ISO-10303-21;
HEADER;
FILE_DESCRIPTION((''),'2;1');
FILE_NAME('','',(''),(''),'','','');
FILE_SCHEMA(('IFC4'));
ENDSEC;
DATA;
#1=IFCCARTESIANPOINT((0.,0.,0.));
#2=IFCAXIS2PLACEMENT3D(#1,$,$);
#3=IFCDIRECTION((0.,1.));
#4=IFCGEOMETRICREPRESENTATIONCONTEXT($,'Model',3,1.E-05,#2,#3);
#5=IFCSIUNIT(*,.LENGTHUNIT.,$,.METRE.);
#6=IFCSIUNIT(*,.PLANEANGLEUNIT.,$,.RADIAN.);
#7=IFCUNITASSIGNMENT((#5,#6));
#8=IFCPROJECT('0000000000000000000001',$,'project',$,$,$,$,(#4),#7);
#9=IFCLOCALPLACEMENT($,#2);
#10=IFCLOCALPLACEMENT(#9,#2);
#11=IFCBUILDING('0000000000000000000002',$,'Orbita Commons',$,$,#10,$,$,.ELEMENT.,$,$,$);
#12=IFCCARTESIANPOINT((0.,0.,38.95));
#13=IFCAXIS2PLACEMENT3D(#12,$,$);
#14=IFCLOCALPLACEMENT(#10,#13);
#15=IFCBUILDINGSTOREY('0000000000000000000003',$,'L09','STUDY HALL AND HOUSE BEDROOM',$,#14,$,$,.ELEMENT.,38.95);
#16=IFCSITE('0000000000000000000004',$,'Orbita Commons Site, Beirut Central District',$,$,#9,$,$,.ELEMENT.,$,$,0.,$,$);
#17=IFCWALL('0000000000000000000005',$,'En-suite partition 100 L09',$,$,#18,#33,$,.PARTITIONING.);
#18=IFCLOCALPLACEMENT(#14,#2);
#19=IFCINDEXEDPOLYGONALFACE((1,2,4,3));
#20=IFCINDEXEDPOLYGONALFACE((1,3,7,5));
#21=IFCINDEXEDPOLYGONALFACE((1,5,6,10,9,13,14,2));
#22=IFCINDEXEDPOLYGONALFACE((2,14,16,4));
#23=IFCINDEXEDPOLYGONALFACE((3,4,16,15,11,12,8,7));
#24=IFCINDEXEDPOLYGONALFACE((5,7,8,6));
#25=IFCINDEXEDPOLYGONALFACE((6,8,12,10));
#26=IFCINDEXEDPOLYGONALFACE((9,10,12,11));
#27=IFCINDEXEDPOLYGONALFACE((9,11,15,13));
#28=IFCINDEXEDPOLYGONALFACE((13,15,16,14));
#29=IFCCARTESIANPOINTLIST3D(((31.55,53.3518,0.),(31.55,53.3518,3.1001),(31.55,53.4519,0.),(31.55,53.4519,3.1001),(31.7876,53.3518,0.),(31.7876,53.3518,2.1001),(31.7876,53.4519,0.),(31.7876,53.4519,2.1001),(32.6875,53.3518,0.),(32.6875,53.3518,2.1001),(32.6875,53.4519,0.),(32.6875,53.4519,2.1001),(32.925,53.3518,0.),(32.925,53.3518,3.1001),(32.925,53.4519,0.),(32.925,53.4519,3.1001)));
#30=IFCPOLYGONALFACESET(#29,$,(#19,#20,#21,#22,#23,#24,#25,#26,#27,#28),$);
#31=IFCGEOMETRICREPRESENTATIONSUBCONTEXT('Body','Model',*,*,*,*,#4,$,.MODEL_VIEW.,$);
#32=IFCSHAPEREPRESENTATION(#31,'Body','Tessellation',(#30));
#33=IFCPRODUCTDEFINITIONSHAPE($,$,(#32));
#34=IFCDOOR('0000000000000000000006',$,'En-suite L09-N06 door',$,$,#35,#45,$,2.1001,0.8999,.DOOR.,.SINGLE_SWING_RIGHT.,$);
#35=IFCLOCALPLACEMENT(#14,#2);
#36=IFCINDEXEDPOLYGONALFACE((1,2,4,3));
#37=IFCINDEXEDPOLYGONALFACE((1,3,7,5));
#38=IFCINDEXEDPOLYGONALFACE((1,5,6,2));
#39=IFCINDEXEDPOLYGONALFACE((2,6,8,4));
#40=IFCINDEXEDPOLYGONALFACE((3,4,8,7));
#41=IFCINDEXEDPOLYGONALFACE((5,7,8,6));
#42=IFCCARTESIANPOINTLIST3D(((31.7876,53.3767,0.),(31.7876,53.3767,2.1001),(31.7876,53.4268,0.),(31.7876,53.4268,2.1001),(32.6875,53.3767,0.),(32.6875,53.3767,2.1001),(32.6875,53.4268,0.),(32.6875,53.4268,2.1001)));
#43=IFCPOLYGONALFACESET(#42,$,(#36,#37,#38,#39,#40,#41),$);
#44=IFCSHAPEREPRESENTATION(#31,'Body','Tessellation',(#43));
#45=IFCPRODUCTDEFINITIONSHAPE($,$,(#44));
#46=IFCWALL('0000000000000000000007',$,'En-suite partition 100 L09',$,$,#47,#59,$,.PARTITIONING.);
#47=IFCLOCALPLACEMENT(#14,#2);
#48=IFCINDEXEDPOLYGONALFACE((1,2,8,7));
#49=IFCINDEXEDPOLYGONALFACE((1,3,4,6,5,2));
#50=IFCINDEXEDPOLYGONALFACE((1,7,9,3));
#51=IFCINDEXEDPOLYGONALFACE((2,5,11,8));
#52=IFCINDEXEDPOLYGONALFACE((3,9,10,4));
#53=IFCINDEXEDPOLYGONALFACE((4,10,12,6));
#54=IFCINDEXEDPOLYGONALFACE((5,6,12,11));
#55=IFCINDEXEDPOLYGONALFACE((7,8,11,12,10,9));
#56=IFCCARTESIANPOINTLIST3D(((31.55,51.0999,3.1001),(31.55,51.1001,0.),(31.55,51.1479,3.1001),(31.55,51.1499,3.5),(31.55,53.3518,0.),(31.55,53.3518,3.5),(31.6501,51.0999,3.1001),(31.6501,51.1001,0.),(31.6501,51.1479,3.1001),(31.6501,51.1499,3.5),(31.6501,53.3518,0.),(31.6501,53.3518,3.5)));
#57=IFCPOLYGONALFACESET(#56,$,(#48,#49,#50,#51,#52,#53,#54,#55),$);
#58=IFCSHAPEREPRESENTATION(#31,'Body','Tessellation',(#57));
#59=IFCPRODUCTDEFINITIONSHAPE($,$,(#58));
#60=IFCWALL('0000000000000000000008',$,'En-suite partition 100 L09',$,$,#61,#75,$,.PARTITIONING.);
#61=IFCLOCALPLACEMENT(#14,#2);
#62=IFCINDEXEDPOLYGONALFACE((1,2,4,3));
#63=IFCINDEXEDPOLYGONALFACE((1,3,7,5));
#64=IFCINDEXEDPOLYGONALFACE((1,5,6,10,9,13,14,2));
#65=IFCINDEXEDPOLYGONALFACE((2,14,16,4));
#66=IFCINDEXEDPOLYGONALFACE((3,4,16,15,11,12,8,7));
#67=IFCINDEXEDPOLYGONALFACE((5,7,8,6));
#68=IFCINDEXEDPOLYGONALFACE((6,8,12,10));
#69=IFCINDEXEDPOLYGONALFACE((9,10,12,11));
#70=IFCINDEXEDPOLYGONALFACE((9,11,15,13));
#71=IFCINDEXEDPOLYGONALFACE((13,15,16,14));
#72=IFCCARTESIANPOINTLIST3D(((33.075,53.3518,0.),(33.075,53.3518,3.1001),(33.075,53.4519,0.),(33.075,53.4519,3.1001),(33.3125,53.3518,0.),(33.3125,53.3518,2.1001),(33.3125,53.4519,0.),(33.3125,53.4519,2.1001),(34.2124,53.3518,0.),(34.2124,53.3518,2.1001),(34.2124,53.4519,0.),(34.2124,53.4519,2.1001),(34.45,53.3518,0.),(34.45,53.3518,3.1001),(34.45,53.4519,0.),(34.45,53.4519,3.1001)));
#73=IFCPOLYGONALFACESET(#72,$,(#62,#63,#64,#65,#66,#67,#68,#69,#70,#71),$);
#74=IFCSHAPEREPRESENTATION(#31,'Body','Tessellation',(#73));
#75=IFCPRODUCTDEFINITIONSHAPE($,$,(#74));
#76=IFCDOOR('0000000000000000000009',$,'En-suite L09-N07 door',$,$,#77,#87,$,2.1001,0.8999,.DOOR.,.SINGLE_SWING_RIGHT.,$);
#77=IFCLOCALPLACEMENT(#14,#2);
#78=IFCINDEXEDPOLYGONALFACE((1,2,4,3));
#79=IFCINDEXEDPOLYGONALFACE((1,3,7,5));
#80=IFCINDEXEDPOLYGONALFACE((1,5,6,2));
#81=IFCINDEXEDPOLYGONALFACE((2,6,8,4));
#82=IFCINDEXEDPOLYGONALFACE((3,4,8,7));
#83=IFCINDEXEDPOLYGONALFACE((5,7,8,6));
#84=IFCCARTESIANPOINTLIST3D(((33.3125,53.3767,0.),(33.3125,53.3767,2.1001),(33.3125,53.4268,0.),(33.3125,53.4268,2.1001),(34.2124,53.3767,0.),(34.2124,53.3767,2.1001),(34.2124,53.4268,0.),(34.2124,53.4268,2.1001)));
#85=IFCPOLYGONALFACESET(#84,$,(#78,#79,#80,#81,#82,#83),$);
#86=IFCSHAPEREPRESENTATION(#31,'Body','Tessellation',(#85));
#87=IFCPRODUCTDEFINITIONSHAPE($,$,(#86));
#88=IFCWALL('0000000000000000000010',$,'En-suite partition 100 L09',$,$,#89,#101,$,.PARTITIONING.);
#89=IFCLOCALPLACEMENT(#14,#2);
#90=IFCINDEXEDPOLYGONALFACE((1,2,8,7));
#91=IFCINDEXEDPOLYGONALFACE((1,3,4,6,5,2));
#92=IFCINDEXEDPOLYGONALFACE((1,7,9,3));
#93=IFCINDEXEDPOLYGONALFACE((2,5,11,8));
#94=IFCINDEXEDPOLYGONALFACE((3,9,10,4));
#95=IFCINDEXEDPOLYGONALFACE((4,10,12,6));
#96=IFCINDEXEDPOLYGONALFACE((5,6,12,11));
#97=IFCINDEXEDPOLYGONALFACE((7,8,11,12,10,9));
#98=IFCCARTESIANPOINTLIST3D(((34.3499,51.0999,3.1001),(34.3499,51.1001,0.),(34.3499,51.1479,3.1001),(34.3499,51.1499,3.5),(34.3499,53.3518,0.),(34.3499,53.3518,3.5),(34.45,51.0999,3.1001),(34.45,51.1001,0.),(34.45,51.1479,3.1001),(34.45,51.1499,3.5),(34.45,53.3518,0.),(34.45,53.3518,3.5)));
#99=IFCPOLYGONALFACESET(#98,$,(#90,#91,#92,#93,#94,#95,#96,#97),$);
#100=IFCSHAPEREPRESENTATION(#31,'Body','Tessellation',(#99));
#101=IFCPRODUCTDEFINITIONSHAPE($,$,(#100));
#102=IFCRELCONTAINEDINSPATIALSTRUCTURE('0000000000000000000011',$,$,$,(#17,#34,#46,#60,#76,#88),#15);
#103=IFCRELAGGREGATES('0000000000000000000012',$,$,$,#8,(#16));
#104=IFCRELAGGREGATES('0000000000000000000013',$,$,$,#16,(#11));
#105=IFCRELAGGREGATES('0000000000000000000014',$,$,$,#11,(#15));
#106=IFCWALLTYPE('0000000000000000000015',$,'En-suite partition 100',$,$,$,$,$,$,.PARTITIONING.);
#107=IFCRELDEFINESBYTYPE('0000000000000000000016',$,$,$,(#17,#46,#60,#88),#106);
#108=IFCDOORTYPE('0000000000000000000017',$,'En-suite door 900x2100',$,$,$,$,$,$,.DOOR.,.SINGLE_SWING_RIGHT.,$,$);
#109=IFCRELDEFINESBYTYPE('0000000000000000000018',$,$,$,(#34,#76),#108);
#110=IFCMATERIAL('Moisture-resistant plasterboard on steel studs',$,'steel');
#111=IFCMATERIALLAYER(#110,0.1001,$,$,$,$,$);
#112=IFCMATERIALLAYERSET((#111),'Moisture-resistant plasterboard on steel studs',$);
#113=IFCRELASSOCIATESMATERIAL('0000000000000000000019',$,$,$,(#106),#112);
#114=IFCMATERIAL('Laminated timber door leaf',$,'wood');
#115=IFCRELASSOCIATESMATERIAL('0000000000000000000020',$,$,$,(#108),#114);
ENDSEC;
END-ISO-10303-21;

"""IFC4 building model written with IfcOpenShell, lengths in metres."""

from ifc_helpers import new_model, si_unit, direction, frame, frame_2d, origin, place, context, subcontext, project, spatial, polyline, rectangle, outline, extrude, material, layer, layer_set, type_object, element, fill, save


model = new_model("IFC4")

# Units and contexts
model_context = context("Model", 3, precision=1e-05, world=origin(), true_north=direction((0.0, 1.0)))
body_context = subcontext(model_context, "Body", "Model", "MODEL_VIEW")
ifc_project = project(units=[si_unit("LENGTHUNIT", "METRE"), si_unit("PLANEANGLEUNIT", "RADIAN")], contexts=[model_context])

# Site, building, storey
site_placement = place(None, origin())
site = spatial("IfcSite", under=ifc_project, at=site_placement, Name="Orbita Commons Site, Beirut Central District", CompositionType="ELEMENT", RefElevation=0.0)
building_placement = place(site_placement, origin())
building = spatial("IfcBuilding", under=site, at=building_placement, Name="Orbita Commons", CompositionType="ELEMENT")
storey_placement = place(building_placement, frame((0.0, 0.0, 38.95)))
storey = spatial("IfcBuildingStorey", under=building, at=storey_placement, Name="L09", Description="STUDY HALL AND HOUSE BEDROOM", CompositionType="ELEMENT", Elevation=38.95)

# Shared definitions
ifc_material_1 = material(Name="Moisture-resistant plasterboard on steel studs", Category="steel")
ifc_layer_1 = layer(ifc_material_1, 0.1001)
ifc_layer_set_1 = layer_set([ifc_layer_1], Name="Moisture-resistant plasterboard on steel studs")
wall_type_1 = type_object("IfcWallType", Name="En-suite partition 100", PredefinedType="PARTITIONING", material=ifc_layer_set_1)
ifc_material_2 = material(Name="Laminated timber door leaf", Category="wood")
door_type_1 = type_object("IfcDoorType", Name="En-suite door 900x2100", OperationType="SINGLE_SWING_RIGHT", PredefinedType="DOOR", material=ifc_material_2)

# Wall, opening, door
wall_1_placement = place(storey_placement, frame((31.55, 53.4019, 0.0), z_axis=(0.0, 0.0, 1.0), x_axis=(1.0, 0.0, 0.0)))
wall_1 = element("IfcWall", 1, at=wall_1_placement, inside=storey, type_object=wall_type_1, Name="En-suite partition 100 L09", PredefinedType="PARTITIONING", context=body_context, shape_type="SweptSolid", body=[
    extrude(outline(polyline([(0.0, 0.0), (1.375, 0.0), (1.375, 3.1001), (0.0, 3.1001), (0.0, 0.0)])), frame((0.0, 0.05, 0.0), z_axis=(0.0, -1.0, 0.0), x_axis=(1.0, 0.0, 0.0)), (0.0, 0.0, 1.0), 0.1001),
])
opening_1_placement = place(wall_1_placement, frame((0.2375, 0.0, 0.0)))
opening_1 = element("IfcOpeningElement", 2, at=opening_1_placement, cuts=wall_1, PredefinedType="OPENING", context=body_context, shape_type="SweptSolid", body=[
    extrude(rectangle(XDim=0.8999, YDim=2.1001, at=frame_2d((0.45, 1.05))), frame((0.0, 0.0601, 0.0), z_axis=(0.0, -1.0, 0.0), x_axis=(1.0, 0.0, 0.0)), (0.0, 0.0, 1.0), 0.1201),
])
door_1_placement = place(opening_1_placement, origin())
door_1 = element("IfcDoor", 3, at=door_1_placement, inside=storey, type_object=door_type_1, Name="En-suite L09-N06 door", OperationType="SINGLE_SWING_RIGHT", OverallHeight=2.1001, OverallWidth=0.8999, PredefinedType="DOOR", context=body_context, shape_type="SweptSolid", body=[
    extrude(rectangle(XDim=0.8999, YDim=2.1001, at=frame_2d((0.45, 1.05))), frame((0.0, 0.0249, 0.0), z_axis=(0.0, -1.0, 0.0), x_axis=(1.0, 0.0, 0.0)), (0.0, 0.0, 1.0), 0.05),
])
fill(opening_1, door_1)

# Wall
wall_2_placement = place(storey_placement, frame((31.6001, 53.3518, 0.0), z_axis=(0.0, 0.0, 1.0), x_axis=(0.0, -1.0, 0.0)))
element("IfcWall", 4, at=wall_2_placement, inside=storey, type_object=wall_type_1, Name="En-suite partition 100 L09", PredefinedType="PARTITIONING", context=body_context, shape_type="SweptSolid", body=[
    extrude(outline(polyline([(0.0, 0.0), (2.2517, 0.0), (2.252, 3.1001), (2.2039, 3.1001), (2.2019, 3.5), (0.0, 3.5), (0.0, 0.0)])), frame((0.0, 0.05, 0.0), z_axis=(0.0, -1.0, 0.0), x_axis=(1.0, 0.0, 0.0)), (0.0, 0.0, 1.0), 0.1001),
])

# Wall, opening, door
wall_3_placement = place(storey_placement, frame((33.075, 53.4019, 0.0), z_axis=(0.0, 0.0, 1.0), x_axis=(1.0, 0.0, 0.0)))
wall_3 = element("IfcWall", 5, at=wall_3_placement, inside=storey, type_object=wall_type_1, Name="En-suite partition 100 L09", PredefinedType="PARTITIONING", context=body_context, shape_type="SweptSolid", body=[
    extrude(outline(polyline([(0.0, 0.0), (1.375, 0.0), (1.375, 3.1001), (0.0, 3.1001), (0.0, 0.0)])), frame((0.0, 0.05, 0.0), z_axis=(0.0, -1.0, 0.0), x_axis=(1.0, 0.0, 0.0)), (0.0, 0.0, 1.0), 0.1001),
])
opening_2_placement = place(wall_3_placement, frame((0.2375, 0.0, 0.0)))
opening_2 = element("IfcOpeningElement", 6, at=opening_2_placement, cuts=wall_3, PredefinedType="OPENING", context=body_context, shape_type="SweptSolid", body=[
    extrude(rectangle(XDim=0.8999, YDim=2.1001, at=frame_2d((0.45, 1.05))), frame((0.0, 0.0601, 0.0), z_axis=(0.0, -1.0, 0.0), x_axis=(1.0, 0.0, 0.0)), (0.0, 0.0, 1.0), 0.1201),
])
door_2_placement = place(opening_2_placement, origin())
door_2 = element("IfcDoor", 7, at=door_2_placement, inside=storey, type_object=door_type_1, Name="En-suite L09-N07 door", OperationType="SINGLE_SWING_RIGHT", OverallHeight=2.1001, OverallWidth=0.8999, PredefinedType="DOOR", context=body_context, shape_type="SweptSolid", body=[
    extrude(rectangle(XDim=0.8999, YDim=2.1001, at=frame_2d((0.45, 1.05))), frame((0.0, 0.0249, 0.0), z_axis=(0.0, -1.0, 0.0), x_axis=(1.0, 0.0, 0.0)), (0.0, 0.0, 1.0), 0.05),
])
fill(opening_2, door_2)

# Wall
wall_4_placement = place(storey_placement, frame((34.3999, 53.3518, 0.0), z_axis=(0.0, 0.0, 1.0), x_axis=(0.0, -1.0, 0.0)))
element("IfcWall", 8, at=wall_4_placement, inside=storey, type_object=wall_type_1, Name="En-suite partition 100 L09", PredefinedType="PARTITIONING", context=body_context, shape_type="SweptSolid", body=[
    extrude(outline(polyline([(0.0, 0.0), (2.2517, 0.0), (2.252, 3.1001), (2.2039, 3.1001), (2.2019, 3.5), (0.0, 3.5), (0.0, 0.0)])), frame((0.0, 0.05, 0.0), z_axis=(0.0, -1.0, 0.0), x_axis=(1.0, 0.0, 0.0)), (0.0, 0.0, 1.0), 0.1001),
])

save(model, "model.ifc")
